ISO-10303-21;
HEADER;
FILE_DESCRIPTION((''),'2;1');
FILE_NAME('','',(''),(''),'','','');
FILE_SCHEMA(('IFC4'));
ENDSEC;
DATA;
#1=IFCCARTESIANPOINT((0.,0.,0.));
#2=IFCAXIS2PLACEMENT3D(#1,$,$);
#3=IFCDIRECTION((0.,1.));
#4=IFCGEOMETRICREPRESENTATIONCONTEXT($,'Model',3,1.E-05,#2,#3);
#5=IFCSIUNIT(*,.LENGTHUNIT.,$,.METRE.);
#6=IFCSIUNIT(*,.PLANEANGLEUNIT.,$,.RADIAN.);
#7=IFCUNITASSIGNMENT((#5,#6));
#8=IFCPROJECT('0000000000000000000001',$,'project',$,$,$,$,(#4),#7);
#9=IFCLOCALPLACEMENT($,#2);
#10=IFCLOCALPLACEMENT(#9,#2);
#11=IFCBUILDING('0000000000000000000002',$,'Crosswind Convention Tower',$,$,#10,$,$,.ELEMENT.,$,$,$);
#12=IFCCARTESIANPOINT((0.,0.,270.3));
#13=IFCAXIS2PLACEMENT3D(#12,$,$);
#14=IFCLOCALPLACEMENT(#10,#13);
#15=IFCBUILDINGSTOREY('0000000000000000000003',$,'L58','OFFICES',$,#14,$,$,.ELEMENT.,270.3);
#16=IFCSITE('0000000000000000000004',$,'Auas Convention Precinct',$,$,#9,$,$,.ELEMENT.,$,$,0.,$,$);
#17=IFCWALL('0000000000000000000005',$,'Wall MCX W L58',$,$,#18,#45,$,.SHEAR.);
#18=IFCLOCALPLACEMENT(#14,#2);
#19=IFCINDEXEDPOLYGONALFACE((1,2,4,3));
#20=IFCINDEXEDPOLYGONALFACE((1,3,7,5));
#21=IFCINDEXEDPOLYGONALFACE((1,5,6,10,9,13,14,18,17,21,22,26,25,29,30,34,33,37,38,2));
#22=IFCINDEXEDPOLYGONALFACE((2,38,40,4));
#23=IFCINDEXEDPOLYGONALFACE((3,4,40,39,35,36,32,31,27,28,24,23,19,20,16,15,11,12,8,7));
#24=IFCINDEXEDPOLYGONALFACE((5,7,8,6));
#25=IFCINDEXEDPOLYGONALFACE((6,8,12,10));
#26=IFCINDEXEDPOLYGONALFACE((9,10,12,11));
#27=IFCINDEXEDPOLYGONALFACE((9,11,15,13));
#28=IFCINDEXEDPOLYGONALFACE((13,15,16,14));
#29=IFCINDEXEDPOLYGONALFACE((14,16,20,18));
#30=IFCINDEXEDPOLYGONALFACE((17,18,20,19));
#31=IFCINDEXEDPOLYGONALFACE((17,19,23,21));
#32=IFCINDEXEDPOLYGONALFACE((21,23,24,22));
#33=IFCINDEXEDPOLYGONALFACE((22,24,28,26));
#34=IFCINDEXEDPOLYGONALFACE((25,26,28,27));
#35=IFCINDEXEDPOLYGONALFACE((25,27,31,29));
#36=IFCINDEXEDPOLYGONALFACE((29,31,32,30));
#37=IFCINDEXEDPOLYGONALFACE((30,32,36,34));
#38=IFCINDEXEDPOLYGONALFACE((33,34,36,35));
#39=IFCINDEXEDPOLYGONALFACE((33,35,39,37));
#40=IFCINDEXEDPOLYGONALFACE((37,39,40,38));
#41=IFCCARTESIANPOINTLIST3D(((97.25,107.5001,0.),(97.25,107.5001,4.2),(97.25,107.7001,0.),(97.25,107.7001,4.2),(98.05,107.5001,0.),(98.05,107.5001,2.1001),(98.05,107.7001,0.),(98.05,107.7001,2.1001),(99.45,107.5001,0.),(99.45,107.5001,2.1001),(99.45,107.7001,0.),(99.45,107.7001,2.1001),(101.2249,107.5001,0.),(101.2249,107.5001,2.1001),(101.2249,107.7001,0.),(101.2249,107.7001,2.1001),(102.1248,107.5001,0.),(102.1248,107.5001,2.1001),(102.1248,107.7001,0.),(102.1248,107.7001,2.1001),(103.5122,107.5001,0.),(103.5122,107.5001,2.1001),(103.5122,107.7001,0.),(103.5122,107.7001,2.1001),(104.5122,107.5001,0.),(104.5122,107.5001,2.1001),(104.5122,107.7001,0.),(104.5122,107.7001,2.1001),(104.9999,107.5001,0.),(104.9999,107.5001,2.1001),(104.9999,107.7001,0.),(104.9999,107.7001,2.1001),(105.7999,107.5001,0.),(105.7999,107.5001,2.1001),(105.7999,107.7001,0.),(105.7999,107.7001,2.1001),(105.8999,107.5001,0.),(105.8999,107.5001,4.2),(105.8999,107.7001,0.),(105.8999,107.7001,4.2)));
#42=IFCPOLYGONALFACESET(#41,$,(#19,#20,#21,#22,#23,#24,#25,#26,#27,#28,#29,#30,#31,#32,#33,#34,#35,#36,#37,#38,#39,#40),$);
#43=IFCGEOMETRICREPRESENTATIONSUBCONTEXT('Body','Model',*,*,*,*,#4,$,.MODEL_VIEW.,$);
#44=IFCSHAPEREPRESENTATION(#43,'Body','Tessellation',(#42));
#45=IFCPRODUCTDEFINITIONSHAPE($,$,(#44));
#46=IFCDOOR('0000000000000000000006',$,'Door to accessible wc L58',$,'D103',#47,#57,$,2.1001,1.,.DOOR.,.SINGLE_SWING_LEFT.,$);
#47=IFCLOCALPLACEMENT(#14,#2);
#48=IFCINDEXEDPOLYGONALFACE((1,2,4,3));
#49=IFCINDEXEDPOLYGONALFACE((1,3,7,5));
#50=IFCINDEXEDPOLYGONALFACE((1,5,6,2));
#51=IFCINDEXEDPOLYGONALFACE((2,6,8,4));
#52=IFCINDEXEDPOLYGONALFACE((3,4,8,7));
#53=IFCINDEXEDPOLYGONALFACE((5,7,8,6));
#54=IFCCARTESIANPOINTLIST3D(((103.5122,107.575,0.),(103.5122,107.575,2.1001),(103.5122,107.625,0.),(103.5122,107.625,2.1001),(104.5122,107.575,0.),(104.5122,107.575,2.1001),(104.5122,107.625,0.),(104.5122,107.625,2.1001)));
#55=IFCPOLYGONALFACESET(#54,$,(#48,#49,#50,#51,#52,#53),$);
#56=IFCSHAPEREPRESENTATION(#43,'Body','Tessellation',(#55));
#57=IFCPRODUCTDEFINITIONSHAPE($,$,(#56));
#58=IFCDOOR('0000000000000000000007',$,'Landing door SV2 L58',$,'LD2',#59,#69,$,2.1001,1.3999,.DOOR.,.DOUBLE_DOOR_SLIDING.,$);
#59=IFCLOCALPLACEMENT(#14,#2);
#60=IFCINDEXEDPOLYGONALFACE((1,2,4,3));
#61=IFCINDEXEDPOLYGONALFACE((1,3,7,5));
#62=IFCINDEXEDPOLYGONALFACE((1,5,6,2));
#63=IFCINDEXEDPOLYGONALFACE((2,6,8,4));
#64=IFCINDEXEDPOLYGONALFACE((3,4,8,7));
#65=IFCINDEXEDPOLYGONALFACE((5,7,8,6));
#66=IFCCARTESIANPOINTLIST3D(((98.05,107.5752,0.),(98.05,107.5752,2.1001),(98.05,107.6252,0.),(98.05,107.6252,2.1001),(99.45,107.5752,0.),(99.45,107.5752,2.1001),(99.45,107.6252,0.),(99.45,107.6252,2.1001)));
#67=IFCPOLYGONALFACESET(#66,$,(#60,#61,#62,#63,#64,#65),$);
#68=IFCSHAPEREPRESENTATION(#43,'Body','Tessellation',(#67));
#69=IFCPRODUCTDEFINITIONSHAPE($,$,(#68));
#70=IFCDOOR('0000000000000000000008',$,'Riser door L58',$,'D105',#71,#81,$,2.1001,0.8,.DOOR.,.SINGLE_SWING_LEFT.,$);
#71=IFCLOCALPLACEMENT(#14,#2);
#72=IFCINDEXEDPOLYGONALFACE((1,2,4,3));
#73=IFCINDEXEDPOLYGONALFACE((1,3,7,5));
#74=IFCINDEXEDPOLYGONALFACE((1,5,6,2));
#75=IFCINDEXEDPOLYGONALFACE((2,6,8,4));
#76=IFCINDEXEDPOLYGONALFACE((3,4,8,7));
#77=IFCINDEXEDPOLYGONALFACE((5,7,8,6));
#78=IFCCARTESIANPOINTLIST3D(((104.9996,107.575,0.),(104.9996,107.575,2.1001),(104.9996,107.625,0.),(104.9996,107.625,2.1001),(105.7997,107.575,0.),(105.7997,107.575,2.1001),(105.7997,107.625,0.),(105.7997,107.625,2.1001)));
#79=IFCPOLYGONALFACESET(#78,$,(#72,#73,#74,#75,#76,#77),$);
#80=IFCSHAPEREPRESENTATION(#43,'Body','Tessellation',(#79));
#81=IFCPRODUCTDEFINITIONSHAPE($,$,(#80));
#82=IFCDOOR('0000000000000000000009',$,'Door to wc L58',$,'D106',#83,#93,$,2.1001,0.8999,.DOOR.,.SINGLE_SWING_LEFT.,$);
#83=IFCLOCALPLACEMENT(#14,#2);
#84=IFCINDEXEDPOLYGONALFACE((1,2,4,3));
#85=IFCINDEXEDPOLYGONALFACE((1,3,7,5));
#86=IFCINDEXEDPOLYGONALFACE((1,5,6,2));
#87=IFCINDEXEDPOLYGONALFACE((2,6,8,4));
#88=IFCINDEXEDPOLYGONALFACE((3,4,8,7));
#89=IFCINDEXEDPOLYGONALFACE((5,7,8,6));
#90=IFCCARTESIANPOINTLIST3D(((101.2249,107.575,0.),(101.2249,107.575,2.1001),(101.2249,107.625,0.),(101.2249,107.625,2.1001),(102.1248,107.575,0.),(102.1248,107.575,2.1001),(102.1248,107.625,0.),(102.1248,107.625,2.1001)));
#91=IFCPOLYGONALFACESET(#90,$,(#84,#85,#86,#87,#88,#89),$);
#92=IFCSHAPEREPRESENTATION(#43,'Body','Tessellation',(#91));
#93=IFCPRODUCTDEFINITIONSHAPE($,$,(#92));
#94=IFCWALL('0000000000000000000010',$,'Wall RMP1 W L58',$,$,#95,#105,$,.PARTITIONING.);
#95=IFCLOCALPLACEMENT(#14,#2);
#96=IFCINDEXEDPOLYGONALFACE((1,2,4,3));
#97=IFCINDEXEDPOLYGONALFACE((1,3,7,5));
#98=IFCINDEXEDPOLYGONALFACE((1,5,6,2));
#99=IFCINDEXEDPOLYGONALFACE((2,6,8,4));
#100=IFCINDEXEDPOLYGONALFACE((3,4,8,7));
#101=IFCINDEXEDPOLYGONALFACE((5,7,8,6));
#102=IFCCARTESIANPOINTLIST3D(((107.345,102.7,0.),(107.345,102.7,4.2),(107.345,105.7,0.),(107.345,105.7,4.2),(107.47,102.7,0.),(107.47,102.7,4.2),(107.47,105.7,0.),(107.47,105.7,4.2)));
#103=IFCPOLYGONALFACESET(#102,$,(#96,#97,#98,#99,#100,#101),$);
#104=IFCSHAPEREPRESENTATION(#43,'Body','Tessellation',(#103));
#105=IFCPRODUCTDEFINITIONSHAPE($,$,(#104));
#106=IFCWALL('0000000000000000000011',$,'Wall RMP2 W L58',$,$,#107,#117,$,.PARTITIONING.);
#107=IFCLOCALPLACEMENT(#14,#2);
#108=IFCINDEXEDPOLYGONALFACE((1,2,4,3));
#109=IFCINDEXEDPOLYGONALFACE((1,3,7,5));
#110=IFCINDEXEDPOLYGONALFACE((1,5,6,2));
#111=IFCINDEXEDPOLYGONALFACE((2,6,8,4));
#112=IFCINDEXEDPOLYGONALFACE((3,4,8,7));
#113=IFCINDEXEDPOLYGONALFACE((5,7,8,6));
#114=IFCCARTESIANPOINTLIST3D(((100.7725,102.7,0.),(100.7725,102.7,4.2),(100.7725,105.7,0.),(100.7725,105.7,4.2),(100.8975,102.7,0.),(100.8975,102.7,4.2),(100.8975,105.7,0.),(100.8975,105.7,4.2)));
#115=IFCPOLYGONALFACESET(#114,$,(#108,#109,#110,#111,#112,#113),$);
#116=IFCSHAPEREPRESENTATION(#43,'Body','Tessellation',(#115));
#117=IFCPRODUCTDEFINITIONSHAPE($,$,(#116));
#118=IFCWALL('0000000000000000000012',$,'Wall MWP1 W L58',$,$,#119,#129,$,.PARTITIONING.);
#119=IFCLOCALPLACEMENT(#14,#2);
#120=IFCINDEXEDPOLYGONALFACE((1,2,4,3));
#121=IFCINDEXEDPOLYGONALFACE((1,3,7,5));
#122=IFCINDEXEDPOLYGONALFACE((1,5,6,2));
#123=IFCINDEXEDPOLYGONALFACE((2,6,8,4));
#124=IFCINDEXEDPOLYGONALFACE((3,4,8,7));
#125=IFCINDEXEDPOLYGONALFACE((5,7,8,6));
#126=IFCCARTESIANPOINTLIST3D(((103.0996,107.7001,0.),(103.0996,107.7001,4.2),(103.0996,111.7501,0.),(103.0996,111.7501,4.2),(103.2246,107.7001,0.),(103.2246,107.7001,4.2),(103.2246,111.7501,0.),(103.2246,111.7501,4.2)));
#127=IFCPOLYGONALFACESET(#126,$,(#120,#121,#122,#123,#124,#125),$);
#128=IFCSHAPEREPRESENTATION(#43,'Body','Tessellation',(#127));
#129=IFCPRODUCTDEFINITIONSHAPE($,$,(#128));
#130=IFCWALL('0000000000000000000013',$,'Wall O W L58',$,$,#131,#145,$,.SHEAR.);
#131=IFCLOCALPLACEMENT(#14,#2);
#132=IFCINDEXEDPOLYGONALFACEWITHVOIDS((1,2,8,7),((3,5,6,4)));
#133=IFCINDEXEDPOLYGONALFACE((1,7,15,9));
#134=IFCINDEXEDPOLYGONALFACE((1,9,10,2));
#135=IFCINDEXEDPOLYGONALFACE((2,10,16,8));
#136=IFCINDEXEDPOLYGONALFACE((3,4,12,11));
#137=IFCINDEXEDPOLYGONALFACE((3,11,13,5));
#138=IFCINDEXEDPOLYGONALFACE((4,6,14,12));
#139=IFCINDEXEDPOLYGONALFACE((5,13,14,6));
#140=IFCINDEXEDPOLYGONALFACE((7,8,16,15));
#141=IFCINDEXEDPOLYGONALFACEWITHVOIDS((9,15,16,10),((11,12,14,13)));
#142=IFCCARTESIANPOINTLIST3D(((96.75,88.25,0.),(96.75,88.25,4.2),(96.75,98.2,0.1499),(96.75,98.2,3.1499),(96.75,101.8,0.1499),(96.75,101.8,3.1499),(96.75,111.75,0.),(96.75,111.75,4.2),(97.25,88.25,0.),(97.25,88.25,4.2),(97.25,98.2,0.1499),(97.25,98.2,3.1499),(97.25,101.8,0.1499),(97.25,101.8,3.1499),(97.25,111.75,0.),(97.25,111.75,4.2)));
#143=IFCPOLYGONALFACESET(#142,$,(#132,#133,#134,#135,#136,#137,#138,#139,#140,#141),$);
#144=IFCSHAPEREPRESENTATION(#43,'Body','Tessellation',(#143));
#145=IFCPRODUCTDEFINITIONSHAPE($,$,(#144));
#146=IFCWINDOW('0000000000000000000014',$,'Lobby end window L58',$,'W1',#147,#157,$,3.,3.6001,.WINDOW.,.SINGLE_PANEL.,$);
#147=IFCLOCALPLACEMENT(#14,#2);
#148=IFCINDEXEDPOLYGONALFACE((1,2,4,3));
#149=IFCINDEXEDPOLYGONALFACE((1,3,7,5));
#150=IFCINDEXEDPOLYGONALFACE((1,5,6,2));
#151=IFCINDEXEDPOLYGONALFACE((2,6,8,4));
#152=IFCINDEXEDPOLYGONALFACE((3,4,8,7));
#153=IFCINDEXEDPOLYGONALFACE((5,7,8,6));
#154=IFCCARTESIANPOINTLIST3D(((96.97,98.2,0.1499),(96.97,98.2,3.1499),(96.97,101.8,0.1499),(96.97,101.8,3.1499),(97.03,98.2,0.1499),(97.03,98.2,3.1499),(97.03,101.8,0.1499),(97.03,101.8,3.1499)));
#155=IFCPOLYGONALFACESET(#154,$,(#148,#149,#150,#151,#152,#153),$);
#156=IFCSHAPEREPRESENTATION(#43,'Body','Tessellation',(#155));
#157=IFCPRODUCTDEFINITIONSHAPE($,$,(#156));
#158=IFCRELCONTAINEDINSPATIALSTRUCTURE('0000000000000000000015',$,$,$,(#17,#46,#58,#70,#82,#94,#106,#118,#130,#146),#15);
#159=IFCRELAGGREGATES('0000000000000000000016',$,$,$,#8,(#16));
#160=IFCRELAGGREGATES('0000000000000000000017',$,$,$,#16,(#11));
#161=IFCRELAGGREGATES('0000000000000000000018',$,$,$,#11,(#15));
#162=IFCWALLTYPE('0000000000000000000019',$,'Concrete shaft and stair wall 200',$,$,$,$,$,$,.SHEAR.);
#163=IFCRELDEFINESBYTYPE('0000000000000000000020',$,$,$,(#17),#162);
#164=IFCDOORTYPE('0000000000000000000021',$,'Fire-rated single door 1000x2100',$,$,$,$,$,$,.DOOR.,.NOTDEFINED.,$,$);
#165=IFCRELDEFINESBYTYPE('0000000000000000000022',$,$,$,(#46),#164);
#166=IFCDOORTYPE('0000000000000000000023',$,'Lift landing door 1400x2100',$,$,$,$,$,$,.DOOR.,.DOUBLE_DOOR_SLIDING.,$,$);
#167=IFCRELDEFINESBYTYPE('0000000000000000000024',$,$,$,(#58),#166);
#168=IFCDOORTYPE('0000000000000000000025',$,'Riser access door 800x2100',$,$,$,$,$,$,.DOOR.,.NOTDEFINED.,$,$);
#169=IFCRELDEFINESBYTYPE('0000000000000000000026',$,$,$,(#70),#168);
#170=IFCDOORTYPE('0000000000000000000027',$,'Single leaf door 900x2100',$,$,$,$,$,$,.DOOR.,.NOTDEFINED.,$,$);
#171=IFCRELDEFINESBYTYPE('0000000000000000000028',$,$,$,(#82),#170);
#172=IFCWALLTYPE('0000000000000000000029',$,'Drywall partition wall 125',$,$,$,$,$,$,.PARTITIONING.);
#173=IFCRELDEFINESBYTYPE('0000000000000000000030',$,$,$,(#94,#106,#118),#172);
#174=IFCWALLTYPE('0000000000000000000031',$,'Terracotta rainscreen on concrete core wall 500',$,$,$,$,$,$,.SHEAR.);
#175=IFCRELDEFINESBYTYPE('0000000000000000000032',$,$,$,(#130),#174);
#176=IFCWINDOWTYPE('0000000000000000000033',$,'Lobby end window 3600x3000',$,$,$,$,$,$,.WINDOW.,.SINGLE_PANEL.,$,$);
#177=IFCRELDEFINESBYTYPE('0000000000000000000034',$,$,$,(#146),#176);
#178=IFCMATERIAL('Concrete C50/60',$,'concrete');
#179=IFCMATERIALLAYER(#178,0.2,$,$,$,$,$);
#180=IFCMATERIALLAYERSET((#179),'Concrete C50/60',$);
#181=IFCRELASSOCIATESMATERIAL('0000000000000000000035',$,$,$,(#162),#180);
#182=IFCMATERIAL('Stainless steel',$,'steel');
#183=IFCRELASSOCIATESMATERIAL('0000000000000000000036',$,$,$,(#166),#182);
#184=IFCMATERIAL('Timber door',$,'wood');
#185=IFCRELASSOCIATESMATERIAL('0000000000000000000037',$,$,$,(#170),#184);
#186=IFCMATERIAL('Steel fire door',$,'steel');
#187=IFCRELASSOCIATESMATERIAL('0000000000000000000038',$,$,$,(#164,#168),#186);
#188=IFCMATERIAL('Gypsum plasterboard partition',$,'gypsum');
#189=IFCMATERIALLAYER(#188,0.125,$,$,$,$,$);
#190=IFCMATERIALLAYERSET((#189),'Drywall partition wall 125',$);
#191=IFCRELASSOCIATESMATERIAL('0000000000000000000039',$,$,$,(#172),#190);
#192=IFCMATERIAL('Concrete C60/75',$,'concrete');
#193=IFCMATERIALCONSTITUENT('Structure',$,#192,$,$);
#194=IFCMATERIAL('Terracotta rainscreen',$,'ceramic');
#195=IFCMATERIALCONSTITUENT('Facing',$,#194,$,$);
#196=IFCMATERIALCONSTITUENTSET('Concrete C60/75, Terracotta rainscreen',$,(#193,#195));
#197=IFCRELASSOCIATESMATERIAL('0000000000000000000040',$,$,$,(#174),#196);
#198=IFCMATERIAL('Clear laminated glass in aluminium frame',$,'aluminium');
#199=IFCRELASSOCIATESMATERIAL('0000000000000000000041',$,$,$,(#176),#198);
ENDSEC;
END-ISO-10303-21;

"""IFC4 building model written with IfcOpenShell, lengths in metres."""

from ifc_helpers import new_model, si_unit, direction, frame, frame_2d, origin, place, context, subcontext, project, spatial, rectangle, extrude, material, layer, layer_set, constituent, constituent_set, type_object, element, fill, save


model = new_model("IFC4")

# Units and contexts
model_context = context("Model", 3, precision=1e-05, world=origin(), true_north=direction((0.0, 1.0)))
body_context = subcontext(model_context, "Body", "Model", "MODEL_VIEW")
ifc_project = project(units=[si_unit("LENGTHUNIT", "METRE"), si_unit("PLANEANGLEUNIT", "RADIAN")], contexts=[model_context])

# Site, building, storey
site_placement = place(None, origin())
site = spatial("IfcSite", under=ifc_project, at=site_placement, Name="Auas Convention Precinct", CompositionType="ELEMENT", RefElevation=0.0)
building_placement = place(site_placement, origin())
building = spatial("IfcBuilding", under=site, at=building_placement, Name="Crosswind Convention Tower", CompositionType="ELEMENT")
storey_placement = place(building_placement, frame((0.0, 0.0, 270.3)))
storey = spatial("IfcBuildingStorey", under=building, at=storey_placement, Name="L58", Description="OFFICES", CompositionType="ELEMENT", Elevation=270.3)

# Shared definitions
ifc_material_1 = material(Name="Concrete C50/60", Category="concrete")
ifc_layer_1 = layer(ifc_material_1, 0.2)
ifc_layer_set_1 = layer_set([ifc_layer_1], Name="Concrete C50/60")
wall_type_1 = type_object("IfcWallType", Name="Concrete shaft and stair wall 200", PredefinedType="SHEAR", material=ifc_layer_set_1)

# Shared definitions
ifc_material_2 = material(Name="Stainless steel", Category="steel")
door_type_1 = type_object("IfcDoorType", Name="Lift landing door 1400x2100", OperationType="DOUBLE_DOOR_SLIDING", PredefinedType="DOOR", material=ifc_material_2)

# Shared definitions
ifc_material_3 = material(Name="Timber door", Category="wood")
door_type_2 = type_object("IfcDoorType", Name="Single leaf door 900x2100", OperationType="NOTDEFINED", PredefinedType="DOOR", material=ifc_material_3)

# Wall, openings, doors
wall_1_placement = place(storey_placement, frame((105.8999, 107.6001, 0.0), z_axis=(0.0, 0.0, 1.0), x_axis=(-1.0, 0.0, 0.0)))
wall_1 = element("IfcWall", 1, at=wall_1_placement, inside=storey, type_object=wall_type_1, Name="Wall MCX W L58", PredefinedType="SHEAR", context=body_context, shape_type="SweptSolid", body=[
    extrude(rectangle(XDim=8.6499, YDim=0.2, at=frame_2d((4.325, 0.0))), origin(), (0.0, 0.0, 1.0), 4.2),
])
opening_1_placement = place(wall_1_placement, frame((0.1001, 0.0, 0.0)))
opening_1 = element("IfcOpeningElement", 2, at=opening_1_placement, cuts=wall_1, PredefinedType="OPENING", context=body_context, shape_type="SweptSolid", body=[
    extrude(rectangle(XDim=0.8, YDim=2.1001, at=frame_2d((0.3999, 1.05))), frame((0.0, 0.1099, 0.0), z_axis=(0.0, -1.0, 0.0), x_axis=(1.0, 0.0, 0.0)), (0.0, 0.0, 1.0), 0.22),
])
opening_2_placement = place(wall_1_placement, frame((1.3877, 0.0, 0.0)))
opening_2 = element("IfcOpeningElement", 3, at=opening_2_placement, cuts=wall_1, PredefinedType="OPENING", context=body_context, shape_type="SweptSolid", body=[
    extrude(rectangle(XDim=1.0, YDim=2.1001, at=frame_2d((0.5, 1.05))), frame((0.0, 0.1099, 0.0), z_axis=(0.0, -1.0, 0.0), x_axis=(1.0, 0.0, 0.0)), (0.0, 0.0, 1.0), 0.22),
])
opening_3_placement = place(wall_1_placement, frame((3.7751, 0.0, 0.0)))
opening_3 = element("IfcOpeningElement", 4, at=opening_3_placement, cuts=wall_1, PredefinedType="OPENING", context=body_context, shape_type="SweptSolid", body=[
    extrude(rectangle(XDim=0.8999, YDim=2.1001, at=frame_2d((0.45, 1.05))), frame((0.0, 0.1099, 0.0), z_axis=(0.0, -1.0, 0.0), x_axis=(1.0, 0.0, 0.0)), (0.0, 0.0, 1.0), 0.22),
])
opening_4_placement = place(wall_1_placement, frame((6.45, 0.0, 0.0)))
opening_4 = element("IfcOpeningElement", 5, at=opening_4_placement, cuts=wall_1, PredefinedType="OPENING", context=body_context, shape_type="SweptSolid", body=[
    extrude(rectangle(XDim=1.3999, YDim=2.1001, at=frame_2d((0.7, 1.05))), frame((0.0, 0.1099, 0.0), z_axis=(0.0, -1.0, 0.0), x_axis=(1.0, 0.0, 0.0)), (0.0, 0.0, 1.0), 0.22),
])
ifc_material_4 = material(Name="Steel fire door", Category="steel")
door_type_3 = type_object("IfcDoorType", Name="Fire-rated single door 1000x2100", OperationType="NOTDEFINED", PredefinedType="DOOR", material=ifc_material_4)
door_1_placement = place(opening_2_placement, frame((1.0, 0.0, 0.0), z_axis=(0.0, 0.0, 1.0), x_axis=(-1.0, 0.0, 0.0)))
door_1 = element("IfcDoor", 6, at=door_1_placement, inside=storey, type_object=door_type_3, Name="Door to accessible wc L58", ObjectType="D103", OperationType="SINGLE_SWING_LEFT", OverallHeight=2.1001, OverallWidth=1.0, PredefinedType="DOOR", context=body_context, shape_type="SweptSolid", body=[
    extrude(rectangle(XDim=1.0, YDim=2.1001, at=frame_2d((0.5, 1.05))), frame((0.0, 0.0249, 0.0), z_axis=(0.0, -1.0, 0.0), x_axis=(1.0, 0.0, 0.0)), (0.0, 0.0, 1.0), 0.05),
])
fill(opening_2, door_1)
door_2_placement = place(opening_4_placement, origin())
door_2 = element("IfcDoor", 7, at=door_2_placement, inside=storey, type_object=door_type_1, Name="Landing door SV2 L58", ObjectType="LD2", OperationType="DOUBLE_DOOR_SLIDING", OverallHeight=2.1001, OverallWidth=1.3999, PredefinedType="DOOR", context=body_context, shape_type="SweptSolid", body=[
    extrude(rectangle(XDim=1.3999, YDim=2.1001, at=frame_2d((0.7, 1.05))), frame((0.0, 0.0249, 0.0), z_axis=(0.0, -1.0, 0.0), x_axis=(1.0, 0.0, 0.0)), (0.0, 0.0, 1.0), 0.05),
])
fill(opening_4, door_2)
door_type_4 = type_object("IfcDoorType", Name="Riser access door 800x2100", OperationType="NOTDEFINED", PredefinedType="DOOR", material=ifc_material_4)
door_3_placement = place(opening_1_placement, frame((0.8, 0.0, 0.0), z_axis=(0.0, 0.0, 1.0), x_axis=(-1.0, 0.0, 0.0)))
door_3 = element("IfcDoor", 8, at=door_3_placement, inside=storey, type_object=door_type_4, Name="Riser door L58", ObjectType="D105", OperationType="SINGLE_SWING_LEFT", OverallHeight=2.1001, OverallWidth=0.8, PredefinedType="DOOR", context=body_context, shape_type="SweptSolid", body=[
    extrude(rectangle(XDim=0.8, YDim=2.1001, at=frame_2d((0.3999, 1.05))), frame((0.0, 0.0249, 0.0), z_axis=(0.0, -1.0, 0.0), x_axis=(1.0, 0.0, 0.0)), (0.0, 0.0, 1.0), 0.05),
])
fill(opening_1, door_3)
door_4_placement = place(opening_3_placement, frame((0.8999, 0.0, 0.0), z_axis=(0.0, 0.0, 1.0), x_axis=(-1.0, 0.0, 0.0)))
door_4 = element("IfcDoor", 9, at=door_4_placement, inside=storey, type_object=door_type_2, Name="Door to wc L58", ObjectType="D106", OperationType="SINGLE_SWING_LEFT", OverallHeight=2.1001, OverallWidth=0.8999, PredefinedType="DOOR", context=body_context, shape_type="SweptSolid", body=[
    extrude(rectangle(XDim=0.8999, YDim=2.1001, at=frame_2d((0.45, 1.05))), frame((0.0, 0.0249, 0.0), z_axis=(0.0, -1.0, 0.0), x_axis=(1.0, 0.0, 0.0)), (0.0, 0.0, 1.0), 0.05),
])
fill(opening_3, door_4)

# Walls
ifc_material_5 = material(Name="Gypsum plasterboard partition", Category="gypsum")
ifc_layer_2 = layer(ifc_material_5, 0.125)
ifc_layer_set_2 = layer_set([ifc_layer_2], Name="Drywall partition wall 125")
wall_type_2 = type_object("IfcWallType", Name="Drywall partition wall 125", PredefinedType="PARTITIONING", material=ifc_layer_set_2)
for number, where, z_axis, x_axis, name in (
    (10, (107.4075, 105.7, 0.0), (0.0, 0.0, 1.0), (0.0, -1.0, 0.0), "Wall RMP1 W L58"),
    (11, (100.835, 105.7, 0.0), (0.0, 0.0, 1.0), (0.0, -1.0, 0.0), "Wall RMP2 W L58"),
):
    element("IfcWall", number, at=place(storey_placement, frame(where, z_axis=z_axis, x_axis=x_axis)), inside=storey, type_object=wall_type_2, Name=name, PredefinedType="PARTITIONING", context=body_context, shape_type="SweptSolid", body=[
        extrude(rectangle(XDim=3.0, YDim=0.125, at=frame_2d((1.5, 0.0))), origin(), (0.0, 0.0, 1.0), 4.2),
    ])
wall_2_placement = place(storey_placement, frame((103.1621, 111.75, 0.0), z_axis=(0.0, 0.0, 1.0), x_axis=(0.0, -1.0, 0.0)))
element("IfcWall", 12, at=wall_2_placement, inside=storey, type_object=wall_type_2, Name="Wall MWP1 W L58", PredefinedType="PARTITIONING", context=body_context, shape_type="SweptSolid", body=[
    extrude(rectangle(XDim=4.05, YDim=0.125, at=frame_2d((2.0249, 0.0))), origin(), (0.0, 0.0, 1.0), 4.2),
])

# Wall, opening, window
ifc_material_6 = material(Name="Concrete C60/75", Category="concrete")
ifc_constituent_1 = constituent(ifc_material_6, Name="Structure")
ifc_material_7 = material(Name="Terracotta rainscreen", Category="ceramic")
ifc_constituent_2 = constituent(ifc_material_7, Name="Facing")
ifc_constituent_set = constituent_set(constituents=[ifc_constituent_1, ifc_constituent_2], Name="Concrete C60/75, Terracotta rainscreen")
wall_type_3 = type_object("IfcWallType", Name="Terracotta rainscreen on concrete core wall 500", PredefinedType="SHEAR", material=ifc_constituent_set)
wall_3_placement = place(storey_placement, frame((97.0, 111.75, 0.0), z_axis=(0.0, 0.0, 1.0), x_axis=(0.0, -1.0, 0.0)))
wall_3 = element("IfcWall", 13, at=wall_3_placement, inside=storey, type_object=wall_type_3, Name="Wall O W L58", PredefinedType="SHEAR", context=body_context, shape_type="SweptSolid", body=[
    extrude(rectangle(XDim=23.5, YDim=0.5, at=frame_2d((11.75, 0.0))), origin(), (0.0, 0.0, 1.0), 4.2),
])
opening_5_placement = place(wall_3_placement, frame((9.95, 0.0, 0.1499)))
opening_5 = element("IfcOpeningElement", 14, at=opening_5_placement, cuts=wall_3, PredefinedType="OPENING", context=body_context, shape_type="SweptSolid", body=[
    extrude(rectangle(XDim=3.6001, YDim=3.0, at=frame_2d((1.8, 1.5))), frame((0.0, 0.26, 0.0), z_axis=(0.0, -1.0, 0.0), x_axis=(1.0, 0.0, 0.0)), (0.0, 0.0, 1.0), 0.52),
])
ifc_material_8 = material(Name="Clear laminated glass in aluminium frame", Category="aluminium")
window_type = type_object("IfcWindowType", Name="Lobby end window 3600x3000", PartitioningType="SINGLE_PANEL", PredefinedType="WINDOW", material=ifc_material_8)
window_placement = place(opening_5_placement, origin())
window = element("IfcWindow", 15, at=window_placement, inside=storey, type_object=window_type, Name="Lobby end window L58", ObjectType="W1", OverallHeight=3.0, OverallWidth=3.6001, PartitioningType="SINGLE_PANEL", PredefinedType="WINDOW", context=body_context, shape_type="SweptSolid", body=[
    extrude(rectangle(XDim=3.6001, YDim=3.0, at=frame_2d((1.8, 1.5))), frame((0.0, 0.03, 0.0), z_axis=(0.0, -1.0, 0.0), x_axis=(1.0, 0.0, 0.0)), (0.0, 0.0, 1.0), 0.0601),
])
fill(opening_5, window)

save(model, "model.ifc")
